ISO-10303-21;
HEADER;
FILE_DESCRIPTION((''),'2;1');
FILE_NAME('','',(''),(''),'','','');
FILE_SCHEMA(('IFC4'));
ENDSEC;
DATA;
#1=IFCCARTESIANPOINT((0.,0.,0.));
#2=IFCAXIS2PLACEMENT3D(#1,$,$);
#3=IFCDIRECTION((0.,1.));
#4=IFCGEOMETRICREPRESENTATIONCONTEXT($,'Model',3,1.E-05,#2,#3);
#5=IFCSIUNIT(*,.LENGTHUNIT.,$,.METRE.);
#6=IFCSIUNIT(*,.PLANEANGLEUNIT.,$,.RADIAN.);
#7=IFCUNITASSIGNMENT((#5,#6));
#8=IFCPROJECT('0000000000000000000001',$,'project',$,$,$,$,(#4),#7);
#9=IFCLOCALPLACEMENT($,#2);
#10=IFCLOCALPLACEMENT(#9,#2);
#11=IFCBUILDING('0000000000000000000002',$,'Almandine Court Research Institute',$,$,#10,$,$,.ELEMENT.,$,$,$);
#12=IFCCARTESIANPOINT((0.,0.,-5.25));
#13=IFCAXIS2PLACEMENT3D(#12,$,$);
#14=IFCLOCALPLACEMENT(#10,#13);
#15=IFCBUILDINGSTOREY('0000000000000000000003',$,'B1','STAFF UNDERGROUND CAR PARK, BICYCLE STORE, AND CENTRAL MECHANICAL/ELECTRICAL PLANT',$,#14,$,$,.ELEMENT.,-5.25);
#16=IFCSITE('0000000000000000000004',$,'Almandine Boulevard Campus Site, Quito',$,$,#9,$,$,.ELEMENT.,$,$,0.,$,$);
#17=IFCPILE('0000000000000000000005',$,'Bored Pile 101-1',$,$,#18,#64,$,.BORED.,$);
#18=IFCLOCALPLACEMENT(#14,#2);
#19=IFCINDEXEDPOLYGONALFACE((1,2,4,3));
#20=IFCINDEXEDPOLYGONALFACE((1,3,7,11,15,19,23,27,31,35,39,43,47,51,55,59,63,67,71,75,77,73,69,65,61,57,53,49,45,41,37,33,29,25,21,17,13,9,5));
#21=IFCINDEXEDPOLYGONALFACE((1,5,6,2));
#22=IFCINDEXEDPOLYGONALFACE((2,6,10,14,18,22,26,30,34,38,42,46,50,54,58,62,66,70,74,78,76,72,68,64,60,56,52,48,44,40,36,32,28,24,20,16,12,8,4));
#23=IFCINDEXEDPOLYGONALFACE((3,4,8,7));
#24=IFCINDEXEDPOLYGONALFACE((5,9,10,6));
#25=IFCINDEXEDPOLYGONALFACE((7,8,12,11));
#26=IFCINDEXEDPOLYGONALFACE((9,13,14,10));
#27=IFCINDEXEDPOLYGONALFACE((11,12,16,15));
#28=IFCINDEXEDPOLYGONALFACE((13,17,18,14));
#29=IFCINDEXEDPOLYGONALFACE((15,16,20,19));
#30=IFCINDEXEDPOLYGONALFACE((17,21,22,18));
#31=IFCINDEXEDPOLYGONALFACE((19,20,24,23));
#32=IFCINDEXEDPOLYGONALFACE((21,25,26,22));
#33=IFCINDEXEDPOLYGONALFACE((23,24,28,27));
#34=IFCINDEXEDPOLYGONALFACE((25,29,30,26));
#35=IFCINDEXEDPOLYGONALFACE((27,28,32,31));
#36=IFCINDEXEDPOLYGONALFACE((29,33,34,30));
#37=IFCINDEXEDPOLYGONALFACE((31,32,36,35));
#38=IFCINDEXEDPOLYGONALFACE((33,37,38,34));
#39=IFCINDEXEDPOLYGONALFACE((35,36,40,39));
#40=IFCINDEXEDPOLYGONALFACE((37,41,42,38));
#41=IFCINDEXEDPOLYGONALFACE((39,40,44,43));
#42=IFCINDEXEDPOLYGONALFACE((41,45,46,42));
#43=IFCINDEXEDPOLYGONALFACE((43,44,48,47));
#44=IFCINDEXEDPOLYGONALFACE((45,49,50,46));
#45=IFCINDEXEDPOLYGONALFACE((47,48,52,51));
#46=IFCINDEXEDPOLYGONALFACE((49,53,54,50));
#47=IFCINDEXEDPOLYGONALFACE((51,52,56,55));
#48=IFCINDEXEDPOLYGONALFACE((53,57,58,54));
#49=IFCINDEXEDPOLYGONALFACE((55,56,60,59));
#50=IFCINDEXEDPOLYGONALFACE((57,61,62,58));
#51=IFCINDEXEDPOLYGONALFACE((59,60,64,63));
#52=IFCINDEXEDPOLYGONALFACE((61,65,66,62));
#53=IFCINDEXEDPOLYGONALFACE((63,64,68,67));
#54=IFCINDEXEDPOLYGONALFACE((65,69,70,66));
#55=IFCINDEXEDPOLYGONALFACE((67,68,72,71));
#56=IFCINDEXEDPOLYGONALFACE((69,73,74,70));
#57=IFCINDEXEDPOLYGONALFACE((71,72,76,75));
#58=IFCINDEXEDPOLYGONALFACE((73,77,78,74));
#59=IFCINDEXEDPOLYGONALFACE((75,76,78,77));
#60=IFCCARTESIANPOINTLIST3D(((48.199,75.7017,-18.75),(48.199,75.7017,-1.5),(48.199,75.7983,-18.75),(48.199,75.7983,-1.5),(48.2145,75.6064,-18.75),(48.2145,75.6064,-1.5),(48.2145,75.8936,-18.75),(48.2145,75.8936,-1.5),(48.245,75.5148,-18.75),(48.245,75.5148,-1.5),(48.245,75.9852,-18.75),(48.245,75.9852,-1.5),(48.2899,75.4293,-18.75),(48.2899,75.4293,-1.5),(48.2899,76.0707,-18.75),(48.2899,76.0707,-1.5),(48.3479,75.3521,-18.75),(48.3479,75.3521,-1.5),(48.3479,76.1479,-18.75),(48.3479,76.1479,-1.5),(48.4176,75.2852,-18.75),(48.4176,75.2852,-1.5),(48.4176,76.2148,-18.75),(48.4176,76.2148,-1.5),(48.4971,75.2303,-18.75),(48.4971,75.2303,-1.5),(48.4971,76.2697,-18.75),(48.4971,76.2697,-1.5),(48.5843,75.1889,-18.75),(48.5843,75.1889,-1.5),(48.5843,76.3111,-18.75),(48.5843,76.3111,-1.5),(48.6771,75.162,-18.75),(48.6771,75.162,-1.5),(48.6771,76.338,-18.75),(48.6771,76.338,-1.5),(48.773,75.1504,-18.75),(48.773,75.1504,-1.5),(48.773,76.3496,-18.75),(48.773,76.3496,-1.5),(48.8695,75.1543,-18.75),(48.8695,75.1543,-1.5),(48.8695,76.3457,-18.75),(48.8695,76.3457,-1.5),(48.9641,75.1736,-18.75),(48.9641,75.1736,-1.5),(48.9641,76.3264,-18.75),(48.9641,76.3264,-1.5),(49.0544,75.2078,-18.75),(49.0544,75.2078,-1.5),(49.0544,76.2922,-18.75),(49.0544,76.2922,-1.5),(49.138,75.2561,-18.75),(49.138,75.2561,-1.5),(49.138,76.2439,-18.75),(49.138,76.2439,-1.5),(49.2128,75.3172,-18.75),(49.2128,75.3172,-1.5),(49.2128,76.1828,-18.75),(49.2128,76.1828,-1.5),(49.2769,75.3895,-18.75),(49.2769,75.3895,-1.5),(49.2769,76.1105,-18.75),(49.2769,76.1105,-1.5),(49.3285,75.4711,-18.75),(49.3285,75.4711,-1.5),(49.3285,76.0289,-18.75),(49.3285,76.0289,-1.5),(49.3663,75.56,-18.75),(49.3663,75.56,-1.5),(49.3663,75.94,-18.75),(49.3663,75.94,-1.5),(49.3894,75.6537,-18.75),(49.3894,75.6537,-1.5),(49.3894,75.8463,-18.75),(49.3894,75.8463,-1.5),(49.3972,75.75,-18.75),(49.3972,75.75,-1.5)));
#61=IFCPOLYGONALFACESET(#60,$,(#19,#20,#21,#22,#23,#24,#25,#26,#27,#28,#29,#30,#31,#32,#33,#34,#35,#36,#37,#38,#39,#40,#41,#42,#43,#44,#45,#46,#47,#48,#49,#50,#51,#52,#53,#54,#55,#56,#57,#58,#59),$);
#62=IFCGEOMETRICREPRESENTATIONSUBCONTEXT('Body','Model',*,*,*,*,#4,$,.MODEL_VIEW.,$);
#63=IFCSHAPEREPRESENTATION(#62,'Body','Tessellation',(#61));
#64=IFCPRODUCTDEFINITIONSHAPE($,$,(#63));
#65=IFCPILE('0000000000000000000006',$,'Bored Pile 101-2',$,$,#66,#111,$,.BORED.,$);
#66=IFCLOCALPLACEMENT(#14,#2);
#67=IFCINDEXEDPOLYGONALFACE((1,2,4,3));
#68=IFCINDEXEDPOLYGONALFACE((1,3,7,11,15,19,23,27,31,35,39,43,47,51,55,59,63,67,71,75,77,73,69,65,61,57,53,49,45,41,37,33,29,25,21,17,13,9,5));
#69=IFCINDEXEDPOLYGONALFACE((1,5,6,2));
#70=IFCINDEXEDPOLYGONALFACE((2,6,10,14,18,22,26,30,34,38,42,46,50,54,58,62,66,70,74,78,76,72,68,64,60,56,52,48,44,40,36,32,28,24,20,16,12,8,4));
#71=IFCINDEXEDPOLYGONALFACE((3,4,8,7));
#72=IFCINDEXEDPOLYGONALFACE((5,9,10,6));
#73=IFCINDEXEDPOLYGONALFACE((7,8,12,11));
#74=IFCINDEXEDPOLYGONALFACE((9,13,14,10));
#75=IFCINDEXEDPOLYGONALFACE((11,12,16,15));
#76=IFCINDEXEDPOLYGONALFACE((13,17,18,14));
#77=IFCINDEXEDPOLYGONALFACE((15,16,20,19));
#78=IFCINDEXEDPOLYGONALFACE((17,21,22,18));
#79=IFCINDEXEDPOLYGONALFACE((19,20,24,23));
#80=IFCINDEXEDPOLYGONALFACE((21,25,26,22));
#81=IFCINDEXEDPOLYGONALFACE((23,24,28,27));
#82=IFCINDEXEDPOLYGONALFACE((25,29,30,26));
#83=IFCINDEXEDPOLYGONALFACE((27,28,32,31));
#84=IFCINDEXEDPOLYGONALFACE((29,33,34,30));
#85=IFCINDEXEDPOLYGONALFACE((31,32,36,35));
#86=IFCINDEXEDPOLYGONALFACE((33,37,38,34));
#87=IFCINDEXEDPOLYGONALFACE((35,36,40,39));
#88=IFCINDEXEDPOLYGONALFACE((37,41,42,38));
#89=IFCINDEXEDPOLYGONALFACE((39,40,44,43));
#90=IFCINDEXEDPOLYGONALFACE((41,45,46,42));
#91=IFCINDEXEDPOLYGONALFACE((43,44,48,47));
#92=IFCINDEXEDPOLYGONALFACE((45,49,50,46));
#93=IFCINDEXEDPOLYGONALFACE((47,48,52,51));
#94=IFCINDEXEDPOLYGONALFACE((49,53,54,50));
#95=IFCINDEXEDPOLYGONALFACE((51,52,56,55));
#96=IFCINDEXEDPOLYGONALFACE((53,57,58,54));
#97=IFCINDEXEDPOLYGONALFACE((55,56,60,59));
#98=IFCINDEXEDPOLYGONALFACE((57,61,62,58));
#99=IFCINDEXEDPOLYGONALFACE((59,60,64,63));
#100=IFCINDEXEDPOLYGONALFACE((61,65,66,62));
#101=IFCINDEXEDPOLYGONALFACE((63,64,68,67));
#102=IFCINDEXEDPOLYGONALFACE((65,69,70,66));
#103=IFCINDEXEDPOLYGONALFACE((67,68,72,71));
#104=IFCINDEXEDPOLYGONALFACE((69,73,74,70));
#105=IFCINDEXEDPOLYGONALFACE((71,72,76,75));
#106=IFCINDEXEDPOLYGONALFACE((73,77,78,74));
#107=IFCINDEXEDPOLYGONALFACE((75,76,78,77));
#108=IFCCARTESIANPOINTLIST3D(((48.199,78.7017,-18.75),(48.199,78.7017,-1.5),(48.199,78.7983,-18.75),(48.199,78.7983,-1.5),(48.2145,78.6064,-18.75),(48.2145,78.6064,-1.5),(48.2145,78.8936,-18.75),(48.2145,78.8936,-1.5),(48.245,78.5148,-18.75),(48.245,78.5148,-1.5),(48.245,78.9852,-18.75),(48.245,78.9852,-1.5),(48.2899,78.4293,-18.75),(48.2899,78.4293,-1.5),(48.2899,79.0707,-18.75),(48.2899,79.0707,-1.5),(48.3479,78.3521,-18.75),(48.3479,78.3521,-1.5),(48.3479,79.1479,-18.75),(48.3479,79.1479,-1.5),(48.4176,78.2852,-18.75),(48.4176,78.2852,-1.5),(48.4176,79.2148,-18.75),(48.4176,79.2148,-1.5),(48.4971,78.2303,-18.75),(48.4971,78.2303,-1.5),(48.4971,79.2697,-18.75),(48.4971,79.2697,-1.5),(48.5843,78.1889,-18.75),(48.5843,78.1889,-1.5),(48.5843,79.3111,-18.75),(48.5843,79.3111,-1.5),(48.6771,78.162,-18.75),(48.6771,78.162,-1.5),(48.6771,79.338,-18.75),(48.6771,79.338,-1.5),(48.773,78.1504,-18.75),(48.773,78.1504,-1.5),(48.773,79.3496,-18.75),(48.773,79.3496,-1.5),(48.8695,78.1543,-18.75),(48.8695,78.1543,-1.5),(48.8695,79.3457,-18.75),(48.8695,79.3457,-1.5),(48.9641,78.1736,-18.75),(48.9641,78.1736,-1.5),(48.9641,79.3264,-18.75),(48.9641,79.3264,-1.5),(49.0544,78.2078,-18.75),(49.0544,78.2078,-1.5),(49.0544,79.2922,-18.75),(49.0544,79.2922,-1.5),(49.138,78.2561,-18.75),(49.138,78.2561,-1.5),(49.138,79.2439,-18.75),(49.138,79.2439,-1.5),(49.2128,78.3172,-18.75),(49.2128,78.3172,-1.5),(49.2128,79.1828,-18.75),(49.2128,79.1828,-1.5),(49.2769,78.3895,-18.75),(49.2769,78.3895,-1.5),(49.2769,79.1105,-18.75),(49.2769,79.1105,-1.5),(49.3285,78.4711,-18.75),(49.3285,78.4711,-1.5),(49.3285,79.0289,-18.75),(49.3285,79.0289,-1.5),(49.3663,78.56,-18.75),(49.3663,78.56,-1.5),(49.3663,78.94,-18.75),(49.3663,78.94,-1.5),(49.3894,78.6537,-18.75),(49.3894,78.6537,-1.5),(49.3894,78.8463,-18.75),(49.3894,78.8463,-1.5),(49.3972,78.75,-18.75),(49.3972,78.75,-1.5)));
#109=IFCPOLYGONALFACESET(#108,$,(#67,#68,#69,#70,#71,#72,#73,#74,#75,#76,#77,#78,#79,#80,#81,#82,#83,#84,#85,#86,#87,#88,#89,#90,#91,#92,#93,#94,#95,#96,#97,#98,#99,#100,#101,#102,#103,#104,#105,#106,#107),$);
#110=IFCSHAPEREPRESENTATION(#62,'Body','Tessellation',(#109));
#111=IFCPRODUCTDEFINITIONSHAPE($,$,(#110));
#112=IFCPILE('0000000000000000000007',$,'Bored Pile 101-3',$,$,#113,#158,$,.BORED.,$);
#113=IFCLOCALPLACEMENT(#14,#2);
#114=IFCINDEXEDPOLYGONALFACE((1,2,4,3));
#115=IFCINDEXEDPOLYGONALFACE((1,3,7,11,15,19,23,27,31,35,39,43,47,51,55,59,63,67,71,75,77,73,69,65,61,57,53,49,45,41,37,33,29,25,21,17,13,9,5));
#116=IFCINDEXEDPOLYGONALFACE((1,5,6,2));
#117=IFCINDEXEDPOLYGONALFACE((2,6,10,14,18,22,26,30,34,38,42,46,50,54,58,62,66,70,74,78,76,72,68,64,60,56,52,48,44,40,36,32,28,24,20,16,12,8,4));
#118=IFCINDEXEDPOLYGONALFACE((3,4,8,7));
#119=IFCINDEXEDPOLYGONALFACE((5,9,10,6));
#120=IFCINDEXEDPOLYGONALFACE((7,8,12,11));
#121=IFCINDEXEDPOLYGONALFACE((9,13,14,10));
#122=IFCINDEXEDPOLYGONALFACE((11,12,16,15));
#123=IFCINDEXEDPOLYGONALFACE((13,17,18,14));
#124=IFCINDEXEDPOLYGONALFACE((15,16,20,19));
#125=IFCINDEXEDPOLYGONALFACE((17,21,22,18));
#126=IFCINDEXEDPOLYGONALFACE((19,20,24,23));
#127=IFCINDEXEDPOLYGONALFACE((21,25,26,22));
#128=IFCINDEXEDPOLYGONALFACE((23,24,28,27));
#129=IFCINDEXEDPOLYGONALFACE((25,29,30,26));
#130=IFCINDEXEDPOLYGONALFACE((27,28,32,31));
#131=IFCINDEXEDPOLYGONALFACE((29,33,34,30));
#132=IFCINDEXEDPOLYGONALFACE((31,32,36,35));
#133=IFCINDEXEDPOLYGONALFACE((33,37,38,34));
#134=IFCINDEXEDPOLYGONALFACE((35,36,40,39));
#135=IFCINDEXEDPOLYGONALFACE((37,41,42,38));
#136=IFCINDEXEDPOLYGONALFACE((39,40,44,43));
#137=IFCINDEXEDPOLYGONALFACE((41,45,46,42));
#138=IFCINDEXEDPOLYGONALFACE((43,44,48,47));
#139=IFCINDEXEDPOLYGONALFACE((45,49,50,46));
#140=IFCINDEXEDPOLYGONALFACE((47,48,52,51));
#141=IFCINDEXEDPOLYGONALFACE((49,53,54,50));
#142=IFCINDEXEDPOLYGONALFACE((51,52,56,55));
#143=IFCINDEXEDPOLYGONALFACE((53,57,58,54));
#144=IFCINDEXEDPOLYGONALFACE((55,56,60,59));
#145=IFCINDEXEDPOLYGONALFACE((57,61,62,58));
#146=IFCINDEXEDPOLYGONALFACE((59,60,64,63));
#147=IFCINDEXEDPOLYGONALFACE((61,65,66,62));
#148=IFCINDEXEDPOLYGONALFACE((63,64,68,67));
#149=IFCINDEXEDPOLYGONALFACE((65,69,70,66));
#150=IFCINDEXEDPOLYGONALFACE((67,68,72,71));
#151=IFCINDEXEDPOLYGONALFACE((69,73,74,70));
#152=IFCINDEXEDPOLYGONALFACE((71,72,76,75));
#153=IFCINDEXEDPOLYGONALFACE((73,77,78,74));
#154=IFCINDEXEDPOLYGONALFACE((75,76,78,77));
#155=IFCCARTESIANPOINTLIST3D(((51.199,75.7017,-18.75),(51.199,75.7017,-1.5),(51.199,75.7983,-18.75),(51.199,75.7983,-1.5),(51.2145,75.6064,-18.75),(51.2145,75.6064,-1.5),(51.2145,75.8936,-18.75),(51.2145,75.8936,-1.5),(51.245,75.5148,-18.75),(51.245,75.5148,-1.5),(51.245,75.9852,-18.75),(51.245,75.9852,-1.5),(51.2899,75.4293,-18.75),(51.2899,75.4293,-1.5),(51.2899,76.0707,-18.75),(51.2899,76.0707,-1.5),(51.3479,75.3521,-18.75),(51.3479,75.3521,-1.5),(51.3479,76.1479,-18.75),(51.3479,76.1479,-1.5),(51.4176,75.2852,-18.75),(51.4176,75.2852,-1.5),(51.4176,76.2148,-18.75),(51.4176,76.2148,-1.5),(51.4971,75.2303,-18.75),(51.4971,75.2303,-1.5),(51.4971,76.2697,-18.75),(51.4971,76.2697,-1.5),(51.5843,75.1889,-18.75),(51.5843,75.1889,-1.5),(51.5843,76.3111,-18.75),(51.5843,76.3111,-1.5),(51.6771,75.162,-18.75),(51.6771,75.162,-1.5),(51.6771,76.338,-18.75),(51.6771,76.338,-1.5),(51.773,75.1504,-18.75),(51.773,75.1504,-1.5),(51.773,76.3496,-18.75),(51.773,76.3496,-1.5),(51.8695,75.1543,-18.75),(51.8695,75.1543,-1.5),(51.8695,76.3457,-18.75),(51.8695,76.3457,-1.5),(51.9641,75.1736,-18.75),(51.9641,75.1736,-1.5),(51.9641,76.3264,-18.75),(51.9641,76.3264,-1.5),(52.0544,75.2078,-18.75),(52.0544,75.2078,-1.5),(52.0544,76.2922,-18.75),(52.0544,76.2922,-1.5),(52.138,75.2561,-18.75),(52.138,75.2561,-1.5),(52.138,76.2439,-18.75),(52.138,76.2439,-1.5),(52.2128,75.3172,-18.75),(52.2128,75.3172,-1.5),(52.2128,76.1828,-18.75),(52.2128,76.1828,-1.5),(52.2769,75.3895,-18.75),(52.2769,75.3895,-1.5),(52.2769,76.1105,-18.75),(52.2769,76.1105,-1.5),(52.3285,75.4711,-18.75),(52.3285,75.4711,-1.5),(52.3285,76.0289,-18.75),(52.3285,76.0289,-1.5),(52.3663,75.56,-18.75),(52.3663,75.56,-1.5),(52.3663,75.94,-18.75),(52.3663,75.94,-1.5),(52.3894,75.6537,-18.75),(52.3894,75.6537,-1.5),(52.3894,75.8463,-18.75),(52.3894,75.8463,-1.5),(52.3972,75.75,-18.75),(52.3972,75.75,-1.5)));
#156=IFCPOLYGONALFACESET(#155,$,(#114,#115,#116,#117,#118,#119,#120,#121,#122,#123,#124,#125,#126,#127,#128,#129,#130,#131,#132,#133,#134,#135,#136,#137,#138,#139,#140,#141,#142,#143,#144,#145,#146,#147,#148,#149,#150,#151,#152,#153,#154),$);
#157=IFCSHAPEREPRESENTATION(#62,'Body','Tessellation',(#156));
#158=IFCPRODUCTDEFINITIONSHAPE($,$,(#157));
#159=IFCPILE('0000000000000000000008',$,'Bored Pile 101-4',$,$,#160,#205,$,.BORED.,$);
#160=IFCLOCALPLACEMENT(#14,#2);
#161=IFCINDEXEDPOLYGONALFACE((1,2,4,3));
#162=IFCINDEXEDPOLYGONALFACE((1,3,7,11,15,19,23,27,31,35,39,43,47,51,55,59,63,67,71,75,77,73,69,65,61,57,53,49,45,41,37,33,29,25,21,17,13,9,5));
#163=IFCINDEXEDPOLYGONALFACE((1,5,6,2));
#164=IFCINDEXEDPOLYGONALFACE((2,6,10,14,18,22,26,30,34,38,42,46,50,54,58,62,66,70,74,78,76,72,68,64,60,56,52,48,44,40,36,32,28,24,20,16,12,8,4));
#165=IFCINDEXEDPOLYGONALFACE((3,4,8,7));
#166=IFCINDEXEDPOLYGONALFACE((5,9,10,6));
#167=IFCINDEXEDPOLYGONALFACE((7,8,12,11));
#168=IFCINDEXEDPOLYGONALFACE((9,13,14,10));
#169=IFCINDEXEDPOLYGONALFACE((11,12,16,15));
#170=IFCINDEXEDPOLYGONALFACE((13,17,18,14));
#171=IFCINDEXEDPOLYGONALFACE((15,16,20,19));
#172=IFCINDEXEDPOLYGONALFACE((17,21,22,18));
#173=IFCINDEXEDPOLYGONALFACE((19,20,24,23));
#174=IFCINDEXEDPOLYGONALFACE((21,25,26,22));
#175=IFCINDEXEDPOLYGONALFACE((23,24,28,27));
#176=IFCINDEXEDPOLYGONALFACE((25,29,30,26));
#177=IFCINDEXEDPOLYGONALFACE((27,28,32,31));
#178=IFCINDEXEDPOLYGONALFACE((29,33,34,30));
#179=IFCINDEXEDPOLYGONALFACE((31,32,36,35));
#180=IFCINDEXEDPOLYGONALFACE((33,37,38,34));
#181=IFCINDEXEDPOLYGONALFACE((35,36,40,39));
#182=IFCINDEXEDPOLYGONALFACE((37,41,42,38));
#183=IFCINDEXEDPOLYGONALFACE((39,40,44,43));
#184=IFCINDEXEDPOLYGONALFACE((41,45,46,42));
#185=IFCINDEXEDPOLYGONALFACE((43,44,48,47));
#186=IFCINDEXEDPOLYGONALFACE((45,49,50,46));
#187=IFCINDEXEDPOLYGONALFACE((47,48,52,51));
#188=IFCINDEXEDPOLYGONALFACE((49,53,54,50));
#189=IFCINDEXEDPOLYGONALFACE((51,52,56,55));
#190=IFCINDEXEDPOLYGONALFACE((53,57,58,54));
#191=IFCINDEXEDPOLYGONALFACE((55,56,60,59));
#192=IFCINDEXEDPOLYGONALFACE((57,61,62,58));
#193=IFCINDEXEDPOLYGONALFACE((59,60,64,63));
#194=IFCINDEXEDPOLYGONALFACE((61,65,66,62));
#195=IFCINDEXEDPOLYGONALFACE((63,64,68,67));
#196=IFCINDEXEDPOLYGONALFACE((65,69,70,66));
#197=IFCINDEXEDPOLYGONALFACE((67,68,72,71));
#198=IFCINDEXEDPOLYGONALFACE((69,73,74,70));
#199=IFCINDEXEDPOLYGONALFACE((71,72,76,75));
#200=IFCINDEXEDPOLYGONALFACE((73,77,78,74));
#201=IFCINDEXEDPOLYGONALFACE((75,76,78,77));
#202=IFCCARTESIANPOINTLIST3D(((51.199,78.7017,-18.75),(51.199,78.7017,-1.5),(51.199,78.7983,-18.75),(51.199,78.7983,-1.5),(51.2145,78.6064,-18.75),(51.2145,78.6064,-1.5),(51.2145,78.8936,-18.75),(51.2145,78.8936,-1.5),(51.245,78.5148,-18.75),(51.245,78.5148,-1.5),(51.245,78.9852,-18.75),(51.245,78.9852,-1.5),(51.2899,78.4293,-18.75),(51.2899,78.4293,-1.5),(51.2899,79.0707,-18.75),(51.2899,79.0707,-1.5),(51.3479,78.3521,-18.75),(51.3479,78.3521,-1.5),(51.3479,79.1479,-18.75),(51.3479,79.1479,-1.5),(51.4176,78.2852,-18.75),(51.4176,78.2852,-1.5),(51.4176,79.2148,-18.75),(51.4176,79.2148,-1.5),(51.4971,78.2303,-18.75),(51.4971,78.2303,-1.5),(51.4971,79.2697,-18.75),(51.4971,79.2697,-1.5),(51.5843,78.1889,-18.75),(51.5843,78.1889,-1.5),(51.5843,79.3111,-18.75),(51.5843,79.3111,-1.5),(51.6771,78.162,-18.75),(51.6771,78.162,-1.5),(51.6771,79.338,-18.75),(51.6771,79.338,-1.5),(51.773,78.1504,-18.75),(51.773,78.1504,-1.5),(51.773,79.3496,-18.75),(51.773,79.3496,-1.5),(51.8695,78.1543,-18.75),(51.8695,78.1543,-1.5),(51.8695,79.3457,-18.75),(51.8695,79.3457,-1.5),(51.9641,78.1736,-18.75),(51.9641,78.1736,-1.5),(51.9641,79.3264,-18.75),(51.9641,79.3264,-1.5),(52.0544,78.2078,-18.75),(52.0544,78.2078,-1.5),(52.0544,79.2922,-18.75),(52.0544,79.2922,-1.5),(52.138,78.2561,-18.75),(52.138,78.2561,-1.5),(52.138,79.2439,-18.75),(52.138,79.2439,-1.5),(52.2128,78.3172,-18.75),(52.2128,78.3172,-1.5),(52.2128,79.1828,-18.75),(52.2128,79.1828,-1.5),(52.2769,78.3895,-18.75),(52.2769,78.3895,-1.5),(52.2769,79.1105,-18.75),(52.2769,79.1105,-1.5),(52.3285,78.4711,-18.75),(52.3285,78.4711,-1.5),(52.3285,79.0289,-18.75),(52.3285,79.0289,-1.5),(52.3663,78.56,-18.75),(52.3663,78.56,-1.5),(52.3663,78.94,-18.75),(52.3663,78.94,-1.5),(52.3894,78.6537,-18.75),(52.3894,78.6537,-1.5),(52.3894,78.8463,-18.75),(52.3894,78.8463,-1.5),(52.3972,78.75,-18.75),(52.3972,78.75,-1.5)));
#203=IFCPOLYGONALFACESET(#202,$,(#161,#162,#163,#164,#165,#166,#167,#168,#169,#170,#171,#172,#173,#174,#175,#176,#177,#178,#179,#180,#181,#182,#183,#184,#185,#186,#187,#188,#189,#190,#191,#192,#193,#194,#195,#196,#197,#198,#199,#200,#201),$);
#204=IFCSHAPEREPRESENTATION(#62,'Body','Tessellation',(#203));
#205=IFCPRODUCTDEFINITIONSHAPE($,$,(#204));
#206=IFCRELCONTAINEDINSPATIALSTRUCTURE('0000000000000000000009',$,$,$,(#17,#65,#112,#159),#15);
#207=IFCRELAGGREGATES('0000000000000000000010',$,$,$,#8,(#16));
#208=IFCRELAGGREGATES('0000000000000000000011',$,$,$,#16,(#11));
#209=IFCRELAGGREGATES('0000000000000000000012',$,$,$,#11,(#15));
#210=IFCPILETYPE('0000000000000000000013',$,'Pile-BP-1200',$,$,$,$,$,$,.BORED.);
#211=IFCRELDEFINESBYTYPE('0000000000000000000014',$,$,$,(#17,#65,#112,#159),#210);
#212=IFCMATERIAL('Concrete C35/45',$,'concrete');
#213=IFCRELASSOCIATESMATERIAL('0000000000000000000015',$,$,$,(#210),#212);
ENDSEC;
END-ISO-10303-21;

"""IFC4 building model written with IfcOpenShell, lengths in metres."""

from ifc_helpers import new_model, si_unit, direction, frame, origin, origin_2d, place, context, subcontext, project, spatial, circle, extrude, material, material_profile, profile_set, type_object, element, save


model = new_model("IFC4")

# Units and contexts
model_context = context("Model", 3, precision=1e-05, world=origin(), true_north=direction((0.0, 1.0)))
body_context = subcontext(model_context, "Body", "Model", "MODEL_VIEW")
ifc_project = project(units=[si_unit("LENGTHUNIT", "METRE"), si_unit("PLANEANGLEUNIT", "RADIAN")], contexts=[model_context])

# Site, building, storey
site_placement = place(None, origin())
site = spatial("IfcSite", under=ifc_project, at=site_placement, Name="Almandine Boulevard Campus Site, Quito", CompositionType="ELEMENT", RefElevation=0.0)
building_placement = place(site_placement, origin())
building = spatial("IfcBuilding", under=site, at=building_placement, Name="Almandine Court Research Institute", CompositionType="ELEMENT")
storey_placement = place(building_placement, frame((0.0, 0.0, -5.25)))
storey = spatial("IfcBuildingStorey", under=building, at=storey_placement, Name="B1", Description="STAFF UNDERGROUND CAR PARK, BICYCLE STORE, AND CENTRAL MECHANICAL/ELECTRICAL PLANT", CompositionType="ELEMENT", Elevation=-5.25)

# Shared definitions
ifc_material_1 = material(Name="Concrete C35/45", Category="concrete")

# Piles
ifc_material_profile_1 = material_profile(ifc_material_1, circle(Radius=0.6001, at=origin_2d()), Name="BORED PILE D1200")
ifc_profile_set_1 = profile_set([ifc_material_profile_1], Name="Concrete C35/45")
pile_type_1 = type_object("IfcPileType", Name="Pile-BP-1200", PredefinedType="BORED", material=ifc_profile_set_1)
for number, where, z_axis, x_axis, name in (
    (1, (48.7971, 75.75, -1.5), (0.0, 0.0, -1.0), (1.0, 0.0, 0.0), "Bored Pile 101-1"),
    (2, (48.7971, 78.75, -1.5), (0.0, 0.0, -1.0), (1.0, 0.0, 0.0), "Bored Pile 101-2"),
    (3, (51.7971, 75.75, -1.5), (0.0, 0.0, -1.0), (1.0, 0.0, 0.0), "Bored Pile 101-3"),
    (4, (51.7971, 78.75, -1.5), (0.0, 0.0, -1.0), (1.0, 0.0, 0.0), "Bored Pile 101-4"),
):
    element("IfcPile", number, at=place(storey_placement, frame(where, z_axis=z_axis, x_axis=x_axis)), inside=storey, type_object=pile_type_1, Name=name, PredefinedType="BORED", context=body_context, shape_type="SweptSolid", body=[
        extrude(circle(Radius=0.6001, at=origin_2d()), origin(), (0.0, 0.0, 1.0), 17.25),
    ])

save(model, "model.ifc")
